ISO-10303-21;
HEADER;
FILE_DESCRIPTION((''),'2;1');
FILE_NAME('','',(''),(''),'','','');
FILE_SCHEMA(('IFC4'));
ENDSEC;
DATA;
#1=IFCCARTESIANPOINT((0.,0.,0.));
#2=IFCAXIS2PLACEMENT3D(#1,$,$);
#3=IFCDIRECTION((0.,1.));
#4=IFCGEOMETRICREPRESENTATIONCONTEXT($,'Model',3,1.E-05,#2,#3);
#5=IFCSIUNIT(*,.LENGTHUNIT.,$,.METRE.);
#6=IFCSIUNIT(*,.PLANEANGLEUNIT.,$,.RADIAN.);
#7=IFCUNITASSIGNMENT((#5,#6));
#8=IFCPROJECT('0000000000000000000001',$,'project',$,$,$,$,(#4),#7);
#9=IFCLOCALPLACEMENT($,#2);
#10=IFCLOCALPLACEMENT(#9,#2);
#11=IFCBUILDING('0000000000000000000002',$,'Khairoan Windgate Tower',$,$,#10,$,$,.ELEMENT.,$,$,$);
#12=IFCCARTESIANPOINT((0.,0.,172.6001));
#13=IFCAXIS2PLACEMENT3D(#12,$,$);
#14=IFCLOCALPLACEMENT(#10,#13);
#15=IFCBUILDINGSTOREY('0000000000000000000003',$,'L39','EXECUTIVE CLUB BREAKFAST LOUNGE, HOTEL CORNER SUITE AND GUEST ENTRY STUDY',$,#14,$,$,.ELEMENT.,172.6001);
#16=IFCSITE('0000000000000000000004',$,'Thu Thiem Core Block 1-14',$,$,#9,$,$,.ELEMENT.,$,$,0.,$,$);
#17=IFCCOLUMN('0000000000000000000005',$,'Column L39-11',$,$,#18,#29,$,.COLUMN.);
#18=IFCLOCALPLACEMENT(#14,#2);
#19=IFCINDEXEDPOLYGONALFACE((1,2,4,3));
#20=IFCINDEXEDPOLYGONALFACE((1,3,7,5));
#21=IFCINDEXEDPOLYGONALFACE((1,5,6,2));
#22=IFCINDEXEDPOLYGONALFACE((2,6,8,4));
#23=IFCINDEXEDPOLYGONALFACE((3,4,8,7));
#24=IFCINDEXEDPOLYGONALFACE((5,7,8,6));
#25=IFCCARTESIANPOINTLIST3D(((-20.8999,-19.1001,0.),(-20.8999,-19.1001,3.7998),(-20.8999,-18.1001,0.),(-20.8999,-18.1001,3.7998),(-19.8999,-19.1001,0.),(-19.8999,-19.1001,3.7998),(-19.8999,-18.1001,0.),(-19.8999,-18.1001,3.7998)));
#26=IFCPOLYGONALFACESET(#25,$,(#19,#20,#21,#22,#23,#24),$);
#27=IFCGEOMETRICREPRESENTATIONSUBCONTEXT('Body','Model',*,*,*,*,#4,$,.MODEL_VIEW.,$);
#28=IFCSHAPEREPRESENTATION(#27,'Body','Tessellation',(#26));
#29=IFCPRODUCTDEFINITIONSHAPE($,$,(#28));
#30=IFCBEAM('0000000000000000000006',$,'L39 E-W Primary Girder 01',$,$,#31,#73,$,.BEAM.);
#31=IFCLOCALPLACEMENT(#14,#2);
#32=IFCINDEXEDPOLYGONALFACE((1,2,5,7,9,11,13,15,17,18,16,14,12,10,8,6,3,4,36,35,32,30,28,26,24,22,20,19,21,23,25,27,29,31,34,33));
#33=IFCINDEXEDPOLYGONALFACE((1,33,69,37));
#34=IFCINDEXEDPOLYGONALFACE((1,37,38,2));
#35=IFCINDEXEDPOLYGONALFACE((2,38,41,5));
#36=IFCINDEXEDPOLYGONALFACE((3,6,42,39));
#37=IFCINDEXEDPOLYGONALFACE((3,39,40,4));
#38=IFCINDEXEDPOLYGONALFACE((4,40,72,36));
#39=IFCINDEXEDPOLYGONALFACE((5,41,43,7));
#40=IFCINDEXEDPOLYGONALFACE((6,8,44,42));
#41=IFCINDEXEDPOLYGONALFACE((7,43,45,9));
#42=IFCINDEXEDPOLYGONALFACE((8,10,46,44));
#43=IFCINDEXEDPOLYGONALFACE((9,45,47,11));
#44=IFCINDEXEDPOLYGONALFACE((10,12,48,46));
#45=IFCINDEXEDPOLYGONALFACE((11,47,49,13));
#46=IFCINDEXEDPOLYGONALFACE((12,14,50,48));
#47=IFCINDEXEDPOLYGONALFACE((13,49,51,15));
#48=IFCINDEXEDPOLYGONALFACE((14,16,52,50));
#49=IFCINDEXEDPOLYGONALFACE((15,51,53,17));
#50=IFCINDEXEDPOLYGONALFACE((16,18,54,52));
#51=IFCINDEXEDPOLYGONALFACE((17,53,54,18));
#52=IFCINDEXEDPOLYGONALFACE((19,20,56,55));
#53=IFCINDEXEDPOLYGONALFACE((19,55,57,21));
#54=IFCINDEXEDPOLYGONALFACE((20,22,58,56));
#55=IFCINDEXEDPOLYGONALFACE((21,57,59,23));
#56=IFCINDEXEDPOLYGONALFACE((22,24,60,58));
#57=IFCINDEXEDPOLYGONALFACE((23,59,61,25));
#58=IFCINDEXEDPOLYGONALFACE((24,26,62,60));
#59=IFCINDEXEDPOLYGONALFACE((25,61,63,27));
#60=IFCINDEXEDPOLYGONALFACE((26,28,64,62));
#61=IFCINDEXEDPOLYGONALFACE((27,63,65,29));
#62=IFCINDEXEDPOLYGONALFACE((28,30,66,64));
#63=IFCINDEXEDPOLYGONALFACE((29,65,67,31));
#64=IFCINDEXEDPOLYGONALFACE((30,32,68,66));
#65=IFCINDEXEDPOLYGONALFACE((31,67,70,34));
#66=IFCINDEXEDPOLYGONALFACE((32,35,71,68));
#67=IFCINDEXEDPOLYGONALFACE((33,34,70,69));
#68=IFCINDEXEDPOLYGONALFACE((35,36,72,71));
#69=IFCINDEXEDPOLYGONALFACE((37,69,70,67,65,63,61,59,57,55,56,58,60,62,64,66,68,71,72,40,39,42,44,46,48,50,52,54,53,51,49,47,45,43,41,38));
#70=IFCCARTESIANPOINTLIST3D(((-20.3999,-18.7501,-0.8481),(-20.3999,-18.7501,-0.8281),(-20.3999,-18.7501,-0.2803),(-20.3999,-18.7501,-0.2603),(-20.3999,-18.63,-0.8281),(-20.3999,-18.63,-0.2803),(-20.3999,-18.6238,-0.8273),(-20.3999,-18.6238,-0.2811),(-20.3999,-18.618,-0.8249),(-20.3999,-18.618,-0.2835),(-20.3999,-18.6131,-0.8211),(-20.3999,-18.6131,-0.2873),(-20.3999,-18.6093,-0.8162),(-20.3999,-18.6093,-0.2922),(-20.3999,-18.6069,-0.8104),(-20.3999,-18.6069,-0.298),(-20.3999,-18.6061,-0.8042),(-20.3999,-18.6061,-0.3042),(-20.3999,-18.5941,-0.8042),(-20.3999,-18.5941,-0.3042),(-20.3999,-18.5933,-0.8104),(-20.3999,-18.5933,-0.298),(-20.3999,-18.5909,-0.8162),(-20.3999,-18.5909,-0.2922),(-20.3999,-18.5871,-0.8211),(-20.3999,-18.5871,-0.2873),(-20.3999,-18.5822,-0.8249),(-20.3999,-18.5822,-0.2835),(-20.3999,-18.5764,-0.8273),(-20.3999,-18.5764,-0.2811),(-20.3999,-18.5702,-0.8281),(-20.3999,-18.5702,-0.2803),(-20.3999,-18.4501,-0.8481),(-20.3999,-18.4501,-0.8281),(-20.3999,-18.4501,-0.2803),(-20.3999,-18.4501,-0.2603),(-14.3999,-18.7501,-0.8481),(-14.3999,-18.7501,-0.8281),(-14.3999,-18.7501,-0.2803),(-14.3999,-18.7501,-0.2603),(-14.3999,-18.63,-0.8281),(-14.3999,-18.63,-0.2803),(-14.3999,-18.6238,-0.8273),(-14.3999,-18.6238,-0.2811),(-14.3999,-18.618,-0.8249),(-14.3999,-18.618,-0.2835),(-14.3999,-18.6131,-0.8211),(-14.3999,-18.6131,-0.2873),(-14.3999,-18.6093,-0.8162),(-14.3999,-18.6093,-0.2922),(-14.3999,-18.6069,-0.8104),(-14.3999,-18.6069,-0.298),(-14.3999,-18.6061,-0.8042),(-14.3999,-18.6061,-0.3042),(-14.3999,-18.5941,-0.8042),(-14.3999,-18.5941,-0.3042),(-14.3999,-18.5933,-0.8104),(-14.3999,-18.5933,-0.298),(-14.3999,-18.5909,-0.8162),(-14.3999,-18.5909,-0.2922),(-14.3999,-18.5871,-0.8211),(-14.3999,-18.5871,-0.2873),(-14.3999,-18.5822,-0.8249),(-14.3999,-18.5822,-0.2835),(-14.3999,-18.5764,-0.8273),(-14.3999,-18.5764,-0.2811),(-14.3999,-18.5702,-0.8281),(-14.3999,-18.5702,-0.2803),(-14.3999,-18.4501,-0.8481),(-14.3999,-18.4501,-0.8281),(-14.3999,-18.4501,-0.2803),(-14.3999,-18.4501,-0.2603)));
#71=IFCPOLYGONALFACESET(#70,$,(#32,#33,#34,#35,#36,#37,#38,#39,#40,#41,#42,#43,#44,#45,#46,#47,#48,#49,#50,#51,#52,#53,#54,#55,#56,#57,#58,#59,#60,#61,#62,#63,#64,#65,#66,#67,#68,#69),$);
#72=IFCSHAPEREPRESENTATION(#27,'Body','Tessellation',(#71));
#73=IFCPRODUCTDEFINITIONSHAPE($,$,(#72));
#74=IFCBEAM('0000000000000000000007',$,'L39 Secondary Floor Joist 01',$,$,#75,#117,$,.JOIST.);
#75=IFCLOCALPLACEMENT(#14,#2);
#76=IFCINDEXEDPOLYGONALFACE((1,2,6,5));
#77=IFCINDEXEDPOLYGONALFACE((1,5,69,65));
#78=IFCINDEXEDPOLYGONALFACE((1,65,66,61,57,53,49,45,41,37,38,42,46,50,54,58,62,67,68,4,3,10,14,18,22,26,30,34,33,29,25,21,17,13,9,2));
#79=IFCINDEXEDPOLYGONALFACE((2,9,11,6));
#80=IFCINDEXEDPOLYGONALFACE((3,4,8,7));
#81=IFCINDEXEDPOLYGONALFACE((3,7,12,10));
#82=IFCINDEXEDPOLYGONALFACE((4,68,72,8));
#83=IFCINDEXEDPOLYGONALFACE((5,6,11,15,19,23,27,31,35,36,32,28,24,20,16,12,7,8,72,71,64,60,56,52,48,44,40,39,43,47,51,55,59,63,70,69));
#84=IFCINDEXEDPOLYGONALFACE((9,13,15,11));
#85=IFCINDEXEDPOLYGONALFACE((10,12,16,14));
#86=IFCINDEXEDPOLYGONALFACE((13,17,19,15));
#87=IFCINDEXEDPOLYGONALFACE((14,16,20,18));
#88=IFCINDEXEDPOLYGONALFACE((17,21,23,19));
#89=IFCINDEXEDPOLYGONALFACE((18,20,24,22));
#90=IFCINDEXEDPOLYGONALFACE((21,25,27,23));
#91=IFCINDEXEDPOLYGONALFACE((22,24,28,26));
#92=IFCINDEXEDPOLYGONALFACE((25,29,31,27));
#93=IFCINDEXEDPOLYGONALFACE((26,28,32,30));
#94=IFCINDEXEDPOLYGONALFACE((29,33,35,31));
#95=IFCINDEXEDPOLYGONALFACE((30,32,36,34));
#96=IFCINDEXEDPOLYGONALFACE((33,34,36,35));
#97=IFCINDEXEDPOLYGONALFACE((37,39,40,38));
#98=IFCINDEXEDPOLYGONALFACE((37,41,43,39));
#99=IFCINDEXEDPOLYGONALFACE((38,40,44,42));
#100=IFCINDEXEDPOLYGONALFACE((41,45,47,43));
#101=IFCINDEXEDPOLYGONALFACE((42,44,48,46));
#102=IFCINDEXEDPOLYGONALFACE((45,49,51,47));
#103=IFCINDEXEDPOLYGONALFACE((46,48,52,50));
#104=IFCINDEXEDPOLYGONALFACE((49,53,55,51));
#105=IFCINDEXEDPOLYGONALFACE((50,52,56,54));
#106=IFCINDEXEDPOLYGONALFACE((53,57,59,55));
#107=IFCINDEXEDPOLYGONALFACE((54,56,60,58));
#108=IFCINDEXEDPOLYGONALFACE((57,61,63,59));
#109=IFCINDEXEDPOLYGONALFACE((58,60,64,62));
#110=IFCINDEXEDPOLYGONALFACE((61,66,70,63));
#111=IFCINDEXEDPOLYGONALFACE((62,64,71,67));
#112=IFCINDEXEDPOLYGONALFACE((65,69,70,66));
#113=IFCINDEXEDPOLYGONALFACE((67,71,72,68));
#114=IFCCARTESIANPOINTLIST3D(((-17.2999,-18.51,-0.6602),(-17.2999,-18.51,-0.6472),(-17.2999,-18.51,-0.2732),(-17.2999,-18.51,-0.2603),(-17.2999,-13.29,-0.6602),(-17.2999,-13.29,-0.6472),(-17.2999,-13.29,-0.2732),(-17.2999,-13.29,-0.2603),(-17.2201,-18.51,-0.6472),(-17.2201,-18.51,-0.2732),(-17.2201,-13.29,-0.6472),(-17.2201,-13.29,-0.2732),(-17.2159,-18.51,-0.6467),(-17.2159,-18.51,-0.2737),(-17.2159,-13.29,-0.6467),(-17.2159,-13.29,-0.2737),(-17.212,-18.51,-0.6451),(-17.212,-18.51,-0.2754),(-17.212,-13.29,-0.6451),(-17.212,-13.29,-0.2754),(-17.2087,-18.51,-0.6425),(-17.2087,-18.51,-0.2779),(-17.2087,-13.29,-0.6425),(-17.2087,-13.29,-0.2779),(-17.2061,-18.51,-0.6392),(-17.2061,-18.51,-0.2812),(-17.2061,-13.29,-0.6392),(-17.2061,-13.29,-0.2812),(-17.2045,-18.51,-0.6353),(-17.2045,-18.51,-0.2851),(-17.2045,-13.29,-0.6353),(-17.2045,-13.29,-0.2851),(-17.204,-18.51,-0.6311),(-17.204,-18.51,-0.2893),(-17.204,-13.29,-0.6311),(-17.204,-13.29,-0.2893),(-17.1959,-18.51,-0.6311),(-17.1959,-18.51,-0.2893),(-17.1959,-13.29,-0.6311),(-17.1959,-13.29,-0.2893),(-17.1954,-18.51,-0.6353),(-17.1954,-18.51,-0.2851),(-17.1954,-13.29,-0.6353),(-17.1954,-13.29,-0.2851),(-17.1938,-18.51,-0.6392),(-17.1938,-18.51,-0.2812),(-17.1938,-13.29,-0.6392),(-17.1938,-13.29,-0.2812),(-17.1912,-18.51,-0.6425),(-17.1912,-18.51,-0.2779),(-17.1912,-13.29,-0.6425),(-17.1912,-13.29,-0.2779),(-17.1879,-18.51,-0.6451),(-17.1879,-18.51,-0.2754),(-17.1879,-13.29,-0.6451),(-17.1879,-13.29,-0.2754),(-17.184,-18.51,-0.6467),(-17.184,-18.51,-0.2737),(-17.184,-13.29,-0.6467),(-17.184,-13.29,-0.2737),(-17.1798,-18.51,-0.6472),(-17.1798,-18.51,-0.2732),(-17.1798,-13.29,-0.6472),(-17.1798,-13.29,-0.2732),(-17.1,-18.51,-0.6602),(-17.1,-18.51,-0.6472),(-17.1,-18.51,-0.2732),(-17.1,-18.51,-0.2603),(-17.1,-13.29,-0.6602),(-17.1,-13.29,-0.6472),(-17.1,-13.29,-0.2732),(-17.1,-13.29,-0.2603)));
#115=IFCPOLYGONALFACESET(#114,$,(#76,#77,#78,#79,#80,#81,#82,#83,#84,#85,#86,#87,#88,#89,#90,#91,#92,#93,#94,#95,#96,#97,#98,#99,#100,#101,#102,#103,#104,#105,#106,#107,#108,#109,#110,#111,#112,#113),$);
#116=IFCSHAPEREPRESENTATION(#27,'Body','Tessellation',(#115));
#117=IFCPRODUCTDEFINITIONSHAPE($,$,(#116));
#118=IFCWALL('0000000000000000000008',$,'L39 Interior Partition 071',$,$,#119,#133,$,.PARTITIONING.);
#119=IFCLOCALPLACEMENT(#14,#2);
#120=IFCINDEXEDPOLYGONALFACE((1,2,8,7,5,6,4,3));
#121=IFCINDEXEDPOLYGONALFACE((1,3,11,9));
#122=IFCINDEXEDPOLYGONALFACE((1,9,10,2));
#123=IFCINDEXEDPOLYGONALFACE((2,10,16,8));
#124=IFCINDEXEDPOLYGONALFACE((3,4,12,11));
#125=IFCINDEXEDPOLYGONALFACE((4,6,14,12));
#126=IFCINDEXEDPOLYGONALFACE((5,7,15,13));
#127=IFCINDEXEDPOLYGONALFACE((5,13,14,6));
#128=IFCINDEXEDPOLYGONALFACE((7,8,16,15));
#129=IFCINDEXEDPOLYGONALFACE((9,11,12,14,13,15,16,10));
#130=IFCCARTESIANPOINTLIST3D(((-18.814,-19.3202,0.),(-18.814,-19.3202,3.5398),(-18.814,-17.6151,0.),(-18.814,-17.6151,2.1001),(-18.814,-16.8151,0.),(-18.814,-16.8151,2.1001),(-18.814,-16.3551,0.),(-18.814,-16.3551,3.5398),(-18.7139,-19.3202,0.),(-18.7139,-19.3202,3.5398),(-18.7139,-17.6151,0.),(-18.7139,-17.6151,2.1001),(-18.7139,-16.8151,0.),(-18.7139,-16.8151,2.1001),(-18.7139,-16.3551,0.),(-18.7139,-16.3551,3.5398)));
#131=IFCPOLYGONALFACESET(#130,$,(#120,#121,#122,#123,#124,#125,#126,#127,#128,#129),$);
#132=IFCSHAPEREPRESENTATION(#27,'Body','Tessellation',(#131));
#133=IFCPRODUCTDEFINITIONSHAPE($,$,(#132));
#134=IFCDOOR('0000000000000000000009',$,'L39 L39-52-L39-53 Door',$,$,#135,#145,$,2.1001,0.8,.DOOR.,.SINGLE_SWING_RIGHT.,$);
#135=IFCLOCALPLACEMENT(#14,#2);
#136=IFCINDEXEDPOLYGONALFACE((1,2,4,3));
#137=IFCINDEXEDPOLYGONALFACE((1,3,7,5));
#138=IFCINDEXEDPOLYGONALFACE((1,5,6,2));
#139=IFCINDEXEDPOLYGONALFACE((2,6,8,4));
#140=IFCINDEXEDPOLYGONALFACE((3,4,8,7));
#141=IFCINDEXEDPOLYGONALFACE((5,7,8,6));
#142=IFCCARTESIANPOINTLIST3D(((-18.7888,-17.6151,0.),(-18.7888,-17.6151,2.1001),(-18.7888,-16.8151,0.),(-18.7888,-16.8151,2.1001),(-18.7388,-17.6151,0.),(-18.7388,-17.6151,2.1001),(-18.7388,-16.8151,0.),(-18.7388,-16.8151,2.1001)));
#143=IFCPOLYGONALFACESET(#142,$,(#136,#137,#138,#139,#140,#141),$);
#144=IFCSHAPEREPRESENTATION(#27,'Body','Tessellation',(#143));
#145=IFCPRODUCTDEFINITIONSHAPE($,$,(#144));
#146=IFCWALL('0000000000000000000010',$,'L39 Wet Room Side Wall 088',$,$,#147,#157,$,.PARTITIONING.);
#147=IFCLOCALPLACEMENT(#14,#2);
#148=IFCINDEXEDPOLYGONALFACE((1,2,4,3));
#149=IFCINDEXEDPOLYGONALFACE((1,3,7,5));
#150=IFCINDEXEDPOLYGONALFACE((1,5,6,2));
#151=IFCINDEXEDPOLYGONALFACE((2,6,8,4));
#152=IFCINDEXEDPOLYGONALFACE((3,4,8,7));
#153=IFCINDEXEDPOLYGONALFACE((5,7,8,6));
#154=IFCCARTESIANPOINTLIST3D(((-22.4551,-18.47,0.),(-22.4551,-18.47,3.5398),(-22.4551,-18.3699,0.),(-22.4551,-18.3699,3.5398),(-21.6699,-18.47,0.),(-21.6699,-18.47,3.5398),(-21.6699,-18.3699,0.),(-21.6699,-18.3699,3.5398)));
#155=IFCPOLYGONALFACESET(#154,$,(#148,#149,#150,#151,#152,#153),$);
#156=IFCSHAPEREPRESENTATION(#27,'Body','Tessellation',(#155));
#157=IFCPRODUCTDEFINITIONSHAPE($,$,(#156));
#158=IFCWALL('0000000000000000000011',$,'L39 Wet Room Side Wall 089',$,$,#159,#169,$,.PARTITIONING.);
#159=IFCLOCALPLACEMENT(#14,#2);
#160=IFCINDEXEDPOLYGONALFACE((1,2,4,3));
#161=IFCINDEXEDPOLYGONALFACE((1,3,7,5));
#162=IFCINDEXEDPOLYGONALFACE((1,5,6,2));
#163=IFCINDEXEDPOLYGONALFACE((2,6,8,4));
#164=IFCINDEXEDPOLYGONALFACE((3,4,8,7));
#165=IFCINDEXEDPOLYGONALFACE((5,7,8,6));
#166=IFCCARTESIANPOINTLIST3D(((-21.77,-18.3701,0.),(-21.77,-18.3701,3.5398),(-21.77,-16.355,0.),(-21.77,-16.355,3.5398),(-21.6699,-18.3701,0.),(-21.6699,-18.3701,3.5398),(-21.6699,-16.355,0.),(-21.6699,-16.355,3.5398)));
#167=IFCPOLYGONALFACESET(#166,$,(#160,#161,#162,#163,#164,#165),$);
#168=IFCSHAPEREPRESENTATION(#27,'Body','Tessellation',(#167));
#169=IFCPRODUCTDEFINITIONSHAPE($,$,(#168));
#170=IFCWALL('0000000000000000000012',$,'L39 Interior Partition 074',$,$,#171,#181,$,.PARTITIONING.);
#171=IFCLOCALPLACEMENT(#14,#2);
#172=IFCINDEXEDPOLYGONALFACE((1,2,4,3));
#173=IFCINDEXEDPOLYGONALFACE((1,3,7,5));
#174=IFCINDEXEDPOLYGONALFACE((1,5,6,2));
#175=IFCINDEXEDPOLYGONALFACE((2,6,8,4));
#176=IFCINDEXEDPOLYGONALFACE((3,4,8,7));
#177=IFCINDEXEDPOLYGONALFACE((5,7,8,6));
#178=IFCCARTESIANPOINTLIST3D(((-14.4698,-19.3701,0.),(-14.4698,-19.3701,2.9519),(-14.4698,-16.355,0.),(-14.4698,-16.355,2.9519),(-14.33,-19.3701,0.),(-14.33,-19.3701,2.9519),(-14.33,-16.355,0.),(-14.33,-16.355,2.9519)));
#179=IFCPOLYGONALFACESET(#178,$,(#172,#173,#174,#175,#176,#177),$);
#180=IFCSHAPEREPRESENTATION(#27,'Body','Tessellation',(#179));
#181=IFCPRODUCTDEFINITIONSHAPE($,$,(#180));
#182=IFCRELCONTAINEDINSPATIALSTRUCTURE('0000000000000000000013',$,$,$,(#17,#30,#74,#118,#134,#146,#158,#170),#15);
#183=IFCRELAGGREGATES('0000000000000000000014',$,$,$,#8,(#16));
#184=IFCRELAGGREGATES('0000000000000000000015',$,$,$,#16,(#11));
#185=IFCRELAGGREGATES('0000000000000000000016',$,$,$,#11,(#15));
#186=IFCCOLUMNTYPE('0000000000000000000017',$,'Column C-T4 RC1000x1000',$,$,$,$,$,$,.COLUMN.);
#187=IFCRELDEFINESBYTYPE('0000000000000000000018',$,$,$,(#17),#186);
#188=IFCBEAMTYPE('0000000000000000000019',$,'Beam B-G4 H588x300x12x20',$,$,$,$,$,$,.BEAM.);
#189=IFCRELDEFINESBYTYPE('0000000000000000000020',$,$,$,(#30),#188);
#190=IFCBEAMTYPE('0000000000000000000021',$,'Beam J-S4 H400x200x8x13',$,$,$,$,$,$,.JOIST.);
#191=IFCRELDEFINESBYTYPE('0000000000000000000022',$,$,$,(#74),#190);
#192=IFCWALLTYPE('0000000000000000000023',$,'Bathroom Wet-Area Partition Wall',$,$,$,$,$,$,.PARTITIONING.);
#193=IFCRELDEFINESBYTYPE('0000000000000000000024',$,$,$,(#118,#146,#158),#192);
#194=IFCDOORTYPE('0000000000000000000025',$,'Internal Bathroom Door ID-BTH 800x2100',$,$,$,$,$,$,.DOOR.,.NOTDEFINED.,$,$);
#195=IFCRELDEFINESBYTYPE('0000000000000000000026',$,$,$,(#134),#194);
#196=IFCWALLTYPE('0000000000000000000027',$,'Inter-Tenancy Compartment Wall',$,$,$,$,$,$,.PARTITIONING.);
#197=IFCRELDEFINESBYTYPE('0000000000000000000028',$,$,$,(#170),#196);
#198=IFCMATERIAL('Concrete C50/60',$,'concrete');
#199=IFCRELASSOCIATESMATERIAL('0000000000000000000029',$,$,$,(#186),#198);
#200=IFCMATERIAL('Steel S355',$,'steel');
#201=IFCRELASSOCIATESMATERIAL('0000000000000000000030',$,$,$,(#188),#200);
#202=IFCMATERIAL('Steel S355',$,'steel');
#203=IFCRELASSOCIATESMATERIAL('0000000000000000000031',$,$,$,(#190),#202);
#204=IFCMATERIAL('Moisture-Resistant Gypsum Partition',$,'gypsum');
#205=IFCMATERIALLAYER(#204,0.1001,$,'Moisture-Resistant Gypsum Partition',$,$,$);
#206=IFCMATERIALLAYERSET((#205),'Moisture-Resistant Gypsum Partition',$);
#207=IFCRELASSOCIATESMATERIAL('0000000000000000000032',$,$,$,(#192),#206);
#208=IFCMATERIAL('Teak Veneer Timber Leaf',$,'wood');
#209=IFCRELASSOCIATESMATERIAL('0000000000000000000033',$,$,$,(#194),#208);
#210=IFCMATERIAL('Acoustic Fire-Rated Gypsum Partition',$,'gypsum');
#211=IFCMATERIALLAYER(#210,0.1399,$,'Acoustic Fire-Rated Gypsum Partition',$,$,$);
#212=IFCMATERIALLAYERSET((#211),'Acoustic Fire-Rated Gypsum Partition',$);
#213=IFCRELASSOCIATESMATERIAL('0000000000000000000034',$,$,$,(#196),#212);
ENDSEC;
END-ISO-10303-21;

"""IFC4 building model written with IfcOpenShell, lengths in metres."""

from ifc_helpers import new_model, si_unit, direction, frame, frame_2d, origin, origin_2d, place, context, subcontext, project, spatial, rectangle, i_section, extrude, material, layer, layer_set, material_profile, profile_set, type_object, element, fill, save


model = new_model("IFC4")

# Units and contexts
model_context = context("Model", 3, precision=1e-05, world=origin(), true_north=direction((0.0, 1.0)))
body_context = subcontext(model_context, "Body", "Model", "MODEL_VIEW")
ifc_project = project(units=[si_unit("LENGTHUNIT", "METRE"), si_unit("PLANEANGLEUNIT", "RADIAN")], contexts=[model_context])

# Site, building, storey
site_placement = place(None, origin())
site = spatial("IfcSite", under=ifc_project, at=site_placement, Name="Thu Thiem Core Block 1-14", CompositionType="ELEMENT", RefElevation=0.0)
building_placement = place(site_placement, origin())
building = spatial("IfcBuilding", under=site, at=building_placement, Name="Khairoan Windgate Tower", CompositionType="ELEMENT")
storey_placement = place(building_placement, frame((0.0, 0.0, 172.6001)))
storey = spatial("IfcBuildingStorey", under=building, at=storey_placement, Name="L39", Description="EXECUTIVE CLUB BREAKFAST LOUNGE, HOTEL CORNER SUITE AND GUEST ENTRY STUDY", CompositionType="ELEMENT", Elevation=172.6001)

# Column
ifc_material_1 = material(Name="Concrete C50/60", Category="concrete")
ifc_material_profile_1 = material_profile(ifc_material_1, rectangle(XDim=1.0, YDim=1.0, at=origin_2d()))
ifc_profile_set_1 = profile_set([ifc_material_profile_1], Name="Concrete C50/60")
column_type = type_object("IfcColumnType", Name="Column C-T4 RC1000x1000", PredefinedType="COLUMN", material=ifc_profile_set_1)
column_placement = place(storey_placement, frame((-20.3999, -18.6001, 0.0), z_axis=(0.0, 0.0, 1.0), x_axis=(1.0, 0.0, 0.0)))
element("IfcColumn", 1, at=column_placement, inside=storey, type_object=column_type, Name="Column L39-11", PredefinedType="COLUMN", context=body_context, shape_type="SweptSolid", body=[
    extrude(rectangle(XDim=1.0, YDim=1.0, at=origin_2d()), origin(), (0.0, 0.0, 1.0), 3.7998),
])

# Beams
ifc_material_2 = material(Name="Steel S355", Category="steel")
ifc_material_profile_2 = material_profile(ifc_material_2, i_section(OverallWidth=0.3, OverallDepth=0.5879, WebThickness=0.012, FlangeThickness=0.02, FilletRadius=0.0239, at=origin_2d()))
ifc_profile_set_2 = profile_set([ifc_material_profile_2], Name="Steel S355")
beam_type_1 = type_object("IfcBeamType", Name="Beam B-G4 H588x300x12x20", PredefinedType="BEAM", material=ifc_profile_set_2)
beam_1_placement = place(storey_placement, frame((-20.3999, -18.6001, -0.5542), z_axis=(1.0, 0.0, 0.0), x_axis=(0.0, 1.0, 0.0)))
element("IfcBeam", 2, at=beam_1_placement, inside=storey, type_object=beam_type_1, Name="L39 E-W Primary Girder 01", PredefinedType="BEAM", context=body_context, shape_type="SweptSolid", body=[
    extrude(i_section(OverallWidth=0.3, OverallDepth=0.5879, WebThickness=0.012, FlangeThickness=0.02, FilletRadius=0.0239, at=origin_2d()), origin(), (0.0, 0.0, 1.0), 6.0),
])
ifc_material_3 = material(Name="Steel S355", Category="steel")
ifc_material_profile_3 = material_profile(ifc_material_3, i_section(OverallWidth=0.2, OverallDepth=0.3999, WebThickness=0.0081, FlangeThickness=0.0129, FilletRadius=0.0161, at=origin_2d()))
ifc_profile_set_3 = profile_set([ifc_material_profile_3], Name="Steel S355")
beam_type_2 = type_object("IfcBeamType", Name="Beam J-S4 H400x200x8x13", PredefinedType="JOIST", material=ifc_profile_set_3)
beam_2_placement = place(storey_placement, frame((-17.2, -18.51, -0.4602), z_axis=(0.0, 1.0, 0.0), x_axis=(-1.0, 0.0, 0.0)))
element("IfcBeam", 3, at=beam_2_placement, inside=storey, type_object=beam_type_2, Name="L39 Secondary Floor Joist 01", PredefinedType="JOIST", context=body_context, shape_type="SweptSolid", body=[
    extrude(i_section(OverallWidth=0.2, OverallDepth=0.3999, WebThickness=0.0081, FlangeThickness=0.0129, FilletRadius=0.0161, at=origin_2d()), origin(), (0.0, 0.0, 1.0), 5.22),
])

# Wall, opening, door
ifc_material_4 = material(Name="Moisture-Resistant Gypsum Partition", Category="gypsum")
ifc_layer_1 = layer(ifc_material_4, 0.1001, Name="Moisture-Resistant Gypsum Partition")
ifc_layer_set_1 = layer_set([ifc_layer_1], Name="Moisture-Resistant Gypsum Partition")
wall_type_1 = type_object("IfcWallType", Name="Bathroom Wet-Area Partition Wall", PredefinedType="PARTITIONING", material=ifc_layer_set_1)
wall_1_placement = place(storey_placement, frame((-18.7639, -19.3201, 0.0), z_axis=(0.0, 0.0, 1.0), x_axis=(0.0, 1.0, 0.0)))
wall_1 = element("IfcWall", 4, at=wall_1_placement, inside=storey, type_object=wall_type_1, Name="L39 Interior Partition 071", PredefinedType="PARTITIONING", context=body_context, shape_type="SweptSolid", body=[
    extrude(rectangle(XDim=2.9651, YDim=0.1001, at=frame_2d((1.4824, 0.0))), origin(), (0.0, 0.0, 1.0), 3.5398),
])
opening_1_placement = place(wall_1_placement, frame((1.7051, 0.0, 0.0)))
opening_1 = element("IfcOpeningElement", 5, at=opening_1_placement, cuts=wall_1, PredefinedType="OPENING", context=body_context, shape_type="SweptSolid", body=[
    extrude(rectangle(XDim=0.8, YDim=2.1001, at=frame_2d((0.3999, 1.05))), frame((0.0, 0.0601, 0.0), z_axis=(0.0, -1.0, 0.0), x_axis=(1.0, 0.0, 0.0)), (0.0, 0.0, 1.0), 0.1201),
])
ifc_material_5 = material(Name="Teak Veneer Timber Leaf", Category="wood")
door_type_1 = type_object("IfcDoorType", Name="Internal Bathroom Door ID-BTH 800x2100", OperationType="NOTDEFINED", PredefinedType="DOOR", material=ifc_material_5)
door_1_placement = place(opening_1_placement, origin())
door_1 = element("IfcDoor", 6, at=door_1_placement, inside=storey, type_object=door_type_1, Name="L39 L39-52-L39-53 Door", OperationType="SINGLE_SWING_RIGHT", OverallHeight=2.1001, OverallWidth=0.8, PredefinedType="DOOR", context=body_context, shape_type="SweptSolid", body=[
    extrude(rectangle(XDim=0.8, YDim=2.1001, at=frame_2d((0.3999, 1.05))), frame((0.0, 0.0249, 0.0), z_axis=(0.0, -1.0, 0.0), x_axis=(1.0, 0.0, 0.0)), (0.0, 0.0, 1.0), 0.05),
])
fill(opening_1, door_1)

# Walls
wall_2_placement = place(storey_placement, frame((-21.6699, -18.4199, 0.0), z_axis=(0.0, 0.0, 1.0), x_axis=(-1.0, 0.0, 0.0)))
element("IfcWall", 7, at=wall_2_placement, inside=storey, type_object=wall_type_1, Name="L39 Wet Room Side Wall 088", PredefinedType="PARTITIONING", context=body_context, shape_type="SweptSolid", body=[
    extrude(rectangle(XDim=0.7852, YDim=0.1001, at=frame_2d((0.3926, 0.0))), origin(), (0.0, 0.0, 1.0), 3.5398),
])
wall_3_placement = place(storey_placement, frame((-21.72, -18.3701, 0.0), z_axis=(0.0, 0.0, 1.0), x_axis=(0.0, 1.0, 0.0)))
element("IfcWall", 8, at=wall_3_placement, inside=storey, type_object=wall_type_1, Name="L39 Wet Room Side Wall 089", PredefinedType="PARTITIONING", context=body_context, shape_type="SweptSolid", body=[
    extrude(rectangle(XDim=2.0151, YDim=0.1001, at=frame_2d((1.0076, 0.0))), origin(), (0.0, 0.0, 1.0), 3.5398),
])
ifc_material_6 = material(Name="Acoustic Fire-Rated Gypsum Partition", Category="gypsum")
ifc_layer_2 = layer(ifc_material_6, 0.1399, Name="Acoustic Fire-Rated Gypsum Partition")
ifc_layer_set_2 = layer_set([ifc_layer_2], Name="Acoustic Fire-Rated Gypsum Partition")
wall_type_2 = type_object("IfcWallType", Name="Inter-Tenancy Compartment Wall", PredefinedType="PARTITIONING", material=ifc_layer_set_2)
wall_4_placement = place(storey_placement, frame((-14.3999, -19.3701, 0.0), z_axis=(0.0, 0.0, 1.0), x_axis=(0.0, 1.0, 0.0)))
element("IfcWall", 9, at=wall_4_placement, inside=storey, type_object=wall_type_2, Name="L39 Interior Partition 074", PredefinedType="PARTITIONING", context=body_context, shape_type="SweptSolid", body=[
    extrude(rectangle(XDim=3.0151, YDim=0.1399, at=frame_2d((1.5076, 0.0))), origin(), (0.0, 0.0, 1.0), 2.9519),
])

save(model, "model.ifc")
